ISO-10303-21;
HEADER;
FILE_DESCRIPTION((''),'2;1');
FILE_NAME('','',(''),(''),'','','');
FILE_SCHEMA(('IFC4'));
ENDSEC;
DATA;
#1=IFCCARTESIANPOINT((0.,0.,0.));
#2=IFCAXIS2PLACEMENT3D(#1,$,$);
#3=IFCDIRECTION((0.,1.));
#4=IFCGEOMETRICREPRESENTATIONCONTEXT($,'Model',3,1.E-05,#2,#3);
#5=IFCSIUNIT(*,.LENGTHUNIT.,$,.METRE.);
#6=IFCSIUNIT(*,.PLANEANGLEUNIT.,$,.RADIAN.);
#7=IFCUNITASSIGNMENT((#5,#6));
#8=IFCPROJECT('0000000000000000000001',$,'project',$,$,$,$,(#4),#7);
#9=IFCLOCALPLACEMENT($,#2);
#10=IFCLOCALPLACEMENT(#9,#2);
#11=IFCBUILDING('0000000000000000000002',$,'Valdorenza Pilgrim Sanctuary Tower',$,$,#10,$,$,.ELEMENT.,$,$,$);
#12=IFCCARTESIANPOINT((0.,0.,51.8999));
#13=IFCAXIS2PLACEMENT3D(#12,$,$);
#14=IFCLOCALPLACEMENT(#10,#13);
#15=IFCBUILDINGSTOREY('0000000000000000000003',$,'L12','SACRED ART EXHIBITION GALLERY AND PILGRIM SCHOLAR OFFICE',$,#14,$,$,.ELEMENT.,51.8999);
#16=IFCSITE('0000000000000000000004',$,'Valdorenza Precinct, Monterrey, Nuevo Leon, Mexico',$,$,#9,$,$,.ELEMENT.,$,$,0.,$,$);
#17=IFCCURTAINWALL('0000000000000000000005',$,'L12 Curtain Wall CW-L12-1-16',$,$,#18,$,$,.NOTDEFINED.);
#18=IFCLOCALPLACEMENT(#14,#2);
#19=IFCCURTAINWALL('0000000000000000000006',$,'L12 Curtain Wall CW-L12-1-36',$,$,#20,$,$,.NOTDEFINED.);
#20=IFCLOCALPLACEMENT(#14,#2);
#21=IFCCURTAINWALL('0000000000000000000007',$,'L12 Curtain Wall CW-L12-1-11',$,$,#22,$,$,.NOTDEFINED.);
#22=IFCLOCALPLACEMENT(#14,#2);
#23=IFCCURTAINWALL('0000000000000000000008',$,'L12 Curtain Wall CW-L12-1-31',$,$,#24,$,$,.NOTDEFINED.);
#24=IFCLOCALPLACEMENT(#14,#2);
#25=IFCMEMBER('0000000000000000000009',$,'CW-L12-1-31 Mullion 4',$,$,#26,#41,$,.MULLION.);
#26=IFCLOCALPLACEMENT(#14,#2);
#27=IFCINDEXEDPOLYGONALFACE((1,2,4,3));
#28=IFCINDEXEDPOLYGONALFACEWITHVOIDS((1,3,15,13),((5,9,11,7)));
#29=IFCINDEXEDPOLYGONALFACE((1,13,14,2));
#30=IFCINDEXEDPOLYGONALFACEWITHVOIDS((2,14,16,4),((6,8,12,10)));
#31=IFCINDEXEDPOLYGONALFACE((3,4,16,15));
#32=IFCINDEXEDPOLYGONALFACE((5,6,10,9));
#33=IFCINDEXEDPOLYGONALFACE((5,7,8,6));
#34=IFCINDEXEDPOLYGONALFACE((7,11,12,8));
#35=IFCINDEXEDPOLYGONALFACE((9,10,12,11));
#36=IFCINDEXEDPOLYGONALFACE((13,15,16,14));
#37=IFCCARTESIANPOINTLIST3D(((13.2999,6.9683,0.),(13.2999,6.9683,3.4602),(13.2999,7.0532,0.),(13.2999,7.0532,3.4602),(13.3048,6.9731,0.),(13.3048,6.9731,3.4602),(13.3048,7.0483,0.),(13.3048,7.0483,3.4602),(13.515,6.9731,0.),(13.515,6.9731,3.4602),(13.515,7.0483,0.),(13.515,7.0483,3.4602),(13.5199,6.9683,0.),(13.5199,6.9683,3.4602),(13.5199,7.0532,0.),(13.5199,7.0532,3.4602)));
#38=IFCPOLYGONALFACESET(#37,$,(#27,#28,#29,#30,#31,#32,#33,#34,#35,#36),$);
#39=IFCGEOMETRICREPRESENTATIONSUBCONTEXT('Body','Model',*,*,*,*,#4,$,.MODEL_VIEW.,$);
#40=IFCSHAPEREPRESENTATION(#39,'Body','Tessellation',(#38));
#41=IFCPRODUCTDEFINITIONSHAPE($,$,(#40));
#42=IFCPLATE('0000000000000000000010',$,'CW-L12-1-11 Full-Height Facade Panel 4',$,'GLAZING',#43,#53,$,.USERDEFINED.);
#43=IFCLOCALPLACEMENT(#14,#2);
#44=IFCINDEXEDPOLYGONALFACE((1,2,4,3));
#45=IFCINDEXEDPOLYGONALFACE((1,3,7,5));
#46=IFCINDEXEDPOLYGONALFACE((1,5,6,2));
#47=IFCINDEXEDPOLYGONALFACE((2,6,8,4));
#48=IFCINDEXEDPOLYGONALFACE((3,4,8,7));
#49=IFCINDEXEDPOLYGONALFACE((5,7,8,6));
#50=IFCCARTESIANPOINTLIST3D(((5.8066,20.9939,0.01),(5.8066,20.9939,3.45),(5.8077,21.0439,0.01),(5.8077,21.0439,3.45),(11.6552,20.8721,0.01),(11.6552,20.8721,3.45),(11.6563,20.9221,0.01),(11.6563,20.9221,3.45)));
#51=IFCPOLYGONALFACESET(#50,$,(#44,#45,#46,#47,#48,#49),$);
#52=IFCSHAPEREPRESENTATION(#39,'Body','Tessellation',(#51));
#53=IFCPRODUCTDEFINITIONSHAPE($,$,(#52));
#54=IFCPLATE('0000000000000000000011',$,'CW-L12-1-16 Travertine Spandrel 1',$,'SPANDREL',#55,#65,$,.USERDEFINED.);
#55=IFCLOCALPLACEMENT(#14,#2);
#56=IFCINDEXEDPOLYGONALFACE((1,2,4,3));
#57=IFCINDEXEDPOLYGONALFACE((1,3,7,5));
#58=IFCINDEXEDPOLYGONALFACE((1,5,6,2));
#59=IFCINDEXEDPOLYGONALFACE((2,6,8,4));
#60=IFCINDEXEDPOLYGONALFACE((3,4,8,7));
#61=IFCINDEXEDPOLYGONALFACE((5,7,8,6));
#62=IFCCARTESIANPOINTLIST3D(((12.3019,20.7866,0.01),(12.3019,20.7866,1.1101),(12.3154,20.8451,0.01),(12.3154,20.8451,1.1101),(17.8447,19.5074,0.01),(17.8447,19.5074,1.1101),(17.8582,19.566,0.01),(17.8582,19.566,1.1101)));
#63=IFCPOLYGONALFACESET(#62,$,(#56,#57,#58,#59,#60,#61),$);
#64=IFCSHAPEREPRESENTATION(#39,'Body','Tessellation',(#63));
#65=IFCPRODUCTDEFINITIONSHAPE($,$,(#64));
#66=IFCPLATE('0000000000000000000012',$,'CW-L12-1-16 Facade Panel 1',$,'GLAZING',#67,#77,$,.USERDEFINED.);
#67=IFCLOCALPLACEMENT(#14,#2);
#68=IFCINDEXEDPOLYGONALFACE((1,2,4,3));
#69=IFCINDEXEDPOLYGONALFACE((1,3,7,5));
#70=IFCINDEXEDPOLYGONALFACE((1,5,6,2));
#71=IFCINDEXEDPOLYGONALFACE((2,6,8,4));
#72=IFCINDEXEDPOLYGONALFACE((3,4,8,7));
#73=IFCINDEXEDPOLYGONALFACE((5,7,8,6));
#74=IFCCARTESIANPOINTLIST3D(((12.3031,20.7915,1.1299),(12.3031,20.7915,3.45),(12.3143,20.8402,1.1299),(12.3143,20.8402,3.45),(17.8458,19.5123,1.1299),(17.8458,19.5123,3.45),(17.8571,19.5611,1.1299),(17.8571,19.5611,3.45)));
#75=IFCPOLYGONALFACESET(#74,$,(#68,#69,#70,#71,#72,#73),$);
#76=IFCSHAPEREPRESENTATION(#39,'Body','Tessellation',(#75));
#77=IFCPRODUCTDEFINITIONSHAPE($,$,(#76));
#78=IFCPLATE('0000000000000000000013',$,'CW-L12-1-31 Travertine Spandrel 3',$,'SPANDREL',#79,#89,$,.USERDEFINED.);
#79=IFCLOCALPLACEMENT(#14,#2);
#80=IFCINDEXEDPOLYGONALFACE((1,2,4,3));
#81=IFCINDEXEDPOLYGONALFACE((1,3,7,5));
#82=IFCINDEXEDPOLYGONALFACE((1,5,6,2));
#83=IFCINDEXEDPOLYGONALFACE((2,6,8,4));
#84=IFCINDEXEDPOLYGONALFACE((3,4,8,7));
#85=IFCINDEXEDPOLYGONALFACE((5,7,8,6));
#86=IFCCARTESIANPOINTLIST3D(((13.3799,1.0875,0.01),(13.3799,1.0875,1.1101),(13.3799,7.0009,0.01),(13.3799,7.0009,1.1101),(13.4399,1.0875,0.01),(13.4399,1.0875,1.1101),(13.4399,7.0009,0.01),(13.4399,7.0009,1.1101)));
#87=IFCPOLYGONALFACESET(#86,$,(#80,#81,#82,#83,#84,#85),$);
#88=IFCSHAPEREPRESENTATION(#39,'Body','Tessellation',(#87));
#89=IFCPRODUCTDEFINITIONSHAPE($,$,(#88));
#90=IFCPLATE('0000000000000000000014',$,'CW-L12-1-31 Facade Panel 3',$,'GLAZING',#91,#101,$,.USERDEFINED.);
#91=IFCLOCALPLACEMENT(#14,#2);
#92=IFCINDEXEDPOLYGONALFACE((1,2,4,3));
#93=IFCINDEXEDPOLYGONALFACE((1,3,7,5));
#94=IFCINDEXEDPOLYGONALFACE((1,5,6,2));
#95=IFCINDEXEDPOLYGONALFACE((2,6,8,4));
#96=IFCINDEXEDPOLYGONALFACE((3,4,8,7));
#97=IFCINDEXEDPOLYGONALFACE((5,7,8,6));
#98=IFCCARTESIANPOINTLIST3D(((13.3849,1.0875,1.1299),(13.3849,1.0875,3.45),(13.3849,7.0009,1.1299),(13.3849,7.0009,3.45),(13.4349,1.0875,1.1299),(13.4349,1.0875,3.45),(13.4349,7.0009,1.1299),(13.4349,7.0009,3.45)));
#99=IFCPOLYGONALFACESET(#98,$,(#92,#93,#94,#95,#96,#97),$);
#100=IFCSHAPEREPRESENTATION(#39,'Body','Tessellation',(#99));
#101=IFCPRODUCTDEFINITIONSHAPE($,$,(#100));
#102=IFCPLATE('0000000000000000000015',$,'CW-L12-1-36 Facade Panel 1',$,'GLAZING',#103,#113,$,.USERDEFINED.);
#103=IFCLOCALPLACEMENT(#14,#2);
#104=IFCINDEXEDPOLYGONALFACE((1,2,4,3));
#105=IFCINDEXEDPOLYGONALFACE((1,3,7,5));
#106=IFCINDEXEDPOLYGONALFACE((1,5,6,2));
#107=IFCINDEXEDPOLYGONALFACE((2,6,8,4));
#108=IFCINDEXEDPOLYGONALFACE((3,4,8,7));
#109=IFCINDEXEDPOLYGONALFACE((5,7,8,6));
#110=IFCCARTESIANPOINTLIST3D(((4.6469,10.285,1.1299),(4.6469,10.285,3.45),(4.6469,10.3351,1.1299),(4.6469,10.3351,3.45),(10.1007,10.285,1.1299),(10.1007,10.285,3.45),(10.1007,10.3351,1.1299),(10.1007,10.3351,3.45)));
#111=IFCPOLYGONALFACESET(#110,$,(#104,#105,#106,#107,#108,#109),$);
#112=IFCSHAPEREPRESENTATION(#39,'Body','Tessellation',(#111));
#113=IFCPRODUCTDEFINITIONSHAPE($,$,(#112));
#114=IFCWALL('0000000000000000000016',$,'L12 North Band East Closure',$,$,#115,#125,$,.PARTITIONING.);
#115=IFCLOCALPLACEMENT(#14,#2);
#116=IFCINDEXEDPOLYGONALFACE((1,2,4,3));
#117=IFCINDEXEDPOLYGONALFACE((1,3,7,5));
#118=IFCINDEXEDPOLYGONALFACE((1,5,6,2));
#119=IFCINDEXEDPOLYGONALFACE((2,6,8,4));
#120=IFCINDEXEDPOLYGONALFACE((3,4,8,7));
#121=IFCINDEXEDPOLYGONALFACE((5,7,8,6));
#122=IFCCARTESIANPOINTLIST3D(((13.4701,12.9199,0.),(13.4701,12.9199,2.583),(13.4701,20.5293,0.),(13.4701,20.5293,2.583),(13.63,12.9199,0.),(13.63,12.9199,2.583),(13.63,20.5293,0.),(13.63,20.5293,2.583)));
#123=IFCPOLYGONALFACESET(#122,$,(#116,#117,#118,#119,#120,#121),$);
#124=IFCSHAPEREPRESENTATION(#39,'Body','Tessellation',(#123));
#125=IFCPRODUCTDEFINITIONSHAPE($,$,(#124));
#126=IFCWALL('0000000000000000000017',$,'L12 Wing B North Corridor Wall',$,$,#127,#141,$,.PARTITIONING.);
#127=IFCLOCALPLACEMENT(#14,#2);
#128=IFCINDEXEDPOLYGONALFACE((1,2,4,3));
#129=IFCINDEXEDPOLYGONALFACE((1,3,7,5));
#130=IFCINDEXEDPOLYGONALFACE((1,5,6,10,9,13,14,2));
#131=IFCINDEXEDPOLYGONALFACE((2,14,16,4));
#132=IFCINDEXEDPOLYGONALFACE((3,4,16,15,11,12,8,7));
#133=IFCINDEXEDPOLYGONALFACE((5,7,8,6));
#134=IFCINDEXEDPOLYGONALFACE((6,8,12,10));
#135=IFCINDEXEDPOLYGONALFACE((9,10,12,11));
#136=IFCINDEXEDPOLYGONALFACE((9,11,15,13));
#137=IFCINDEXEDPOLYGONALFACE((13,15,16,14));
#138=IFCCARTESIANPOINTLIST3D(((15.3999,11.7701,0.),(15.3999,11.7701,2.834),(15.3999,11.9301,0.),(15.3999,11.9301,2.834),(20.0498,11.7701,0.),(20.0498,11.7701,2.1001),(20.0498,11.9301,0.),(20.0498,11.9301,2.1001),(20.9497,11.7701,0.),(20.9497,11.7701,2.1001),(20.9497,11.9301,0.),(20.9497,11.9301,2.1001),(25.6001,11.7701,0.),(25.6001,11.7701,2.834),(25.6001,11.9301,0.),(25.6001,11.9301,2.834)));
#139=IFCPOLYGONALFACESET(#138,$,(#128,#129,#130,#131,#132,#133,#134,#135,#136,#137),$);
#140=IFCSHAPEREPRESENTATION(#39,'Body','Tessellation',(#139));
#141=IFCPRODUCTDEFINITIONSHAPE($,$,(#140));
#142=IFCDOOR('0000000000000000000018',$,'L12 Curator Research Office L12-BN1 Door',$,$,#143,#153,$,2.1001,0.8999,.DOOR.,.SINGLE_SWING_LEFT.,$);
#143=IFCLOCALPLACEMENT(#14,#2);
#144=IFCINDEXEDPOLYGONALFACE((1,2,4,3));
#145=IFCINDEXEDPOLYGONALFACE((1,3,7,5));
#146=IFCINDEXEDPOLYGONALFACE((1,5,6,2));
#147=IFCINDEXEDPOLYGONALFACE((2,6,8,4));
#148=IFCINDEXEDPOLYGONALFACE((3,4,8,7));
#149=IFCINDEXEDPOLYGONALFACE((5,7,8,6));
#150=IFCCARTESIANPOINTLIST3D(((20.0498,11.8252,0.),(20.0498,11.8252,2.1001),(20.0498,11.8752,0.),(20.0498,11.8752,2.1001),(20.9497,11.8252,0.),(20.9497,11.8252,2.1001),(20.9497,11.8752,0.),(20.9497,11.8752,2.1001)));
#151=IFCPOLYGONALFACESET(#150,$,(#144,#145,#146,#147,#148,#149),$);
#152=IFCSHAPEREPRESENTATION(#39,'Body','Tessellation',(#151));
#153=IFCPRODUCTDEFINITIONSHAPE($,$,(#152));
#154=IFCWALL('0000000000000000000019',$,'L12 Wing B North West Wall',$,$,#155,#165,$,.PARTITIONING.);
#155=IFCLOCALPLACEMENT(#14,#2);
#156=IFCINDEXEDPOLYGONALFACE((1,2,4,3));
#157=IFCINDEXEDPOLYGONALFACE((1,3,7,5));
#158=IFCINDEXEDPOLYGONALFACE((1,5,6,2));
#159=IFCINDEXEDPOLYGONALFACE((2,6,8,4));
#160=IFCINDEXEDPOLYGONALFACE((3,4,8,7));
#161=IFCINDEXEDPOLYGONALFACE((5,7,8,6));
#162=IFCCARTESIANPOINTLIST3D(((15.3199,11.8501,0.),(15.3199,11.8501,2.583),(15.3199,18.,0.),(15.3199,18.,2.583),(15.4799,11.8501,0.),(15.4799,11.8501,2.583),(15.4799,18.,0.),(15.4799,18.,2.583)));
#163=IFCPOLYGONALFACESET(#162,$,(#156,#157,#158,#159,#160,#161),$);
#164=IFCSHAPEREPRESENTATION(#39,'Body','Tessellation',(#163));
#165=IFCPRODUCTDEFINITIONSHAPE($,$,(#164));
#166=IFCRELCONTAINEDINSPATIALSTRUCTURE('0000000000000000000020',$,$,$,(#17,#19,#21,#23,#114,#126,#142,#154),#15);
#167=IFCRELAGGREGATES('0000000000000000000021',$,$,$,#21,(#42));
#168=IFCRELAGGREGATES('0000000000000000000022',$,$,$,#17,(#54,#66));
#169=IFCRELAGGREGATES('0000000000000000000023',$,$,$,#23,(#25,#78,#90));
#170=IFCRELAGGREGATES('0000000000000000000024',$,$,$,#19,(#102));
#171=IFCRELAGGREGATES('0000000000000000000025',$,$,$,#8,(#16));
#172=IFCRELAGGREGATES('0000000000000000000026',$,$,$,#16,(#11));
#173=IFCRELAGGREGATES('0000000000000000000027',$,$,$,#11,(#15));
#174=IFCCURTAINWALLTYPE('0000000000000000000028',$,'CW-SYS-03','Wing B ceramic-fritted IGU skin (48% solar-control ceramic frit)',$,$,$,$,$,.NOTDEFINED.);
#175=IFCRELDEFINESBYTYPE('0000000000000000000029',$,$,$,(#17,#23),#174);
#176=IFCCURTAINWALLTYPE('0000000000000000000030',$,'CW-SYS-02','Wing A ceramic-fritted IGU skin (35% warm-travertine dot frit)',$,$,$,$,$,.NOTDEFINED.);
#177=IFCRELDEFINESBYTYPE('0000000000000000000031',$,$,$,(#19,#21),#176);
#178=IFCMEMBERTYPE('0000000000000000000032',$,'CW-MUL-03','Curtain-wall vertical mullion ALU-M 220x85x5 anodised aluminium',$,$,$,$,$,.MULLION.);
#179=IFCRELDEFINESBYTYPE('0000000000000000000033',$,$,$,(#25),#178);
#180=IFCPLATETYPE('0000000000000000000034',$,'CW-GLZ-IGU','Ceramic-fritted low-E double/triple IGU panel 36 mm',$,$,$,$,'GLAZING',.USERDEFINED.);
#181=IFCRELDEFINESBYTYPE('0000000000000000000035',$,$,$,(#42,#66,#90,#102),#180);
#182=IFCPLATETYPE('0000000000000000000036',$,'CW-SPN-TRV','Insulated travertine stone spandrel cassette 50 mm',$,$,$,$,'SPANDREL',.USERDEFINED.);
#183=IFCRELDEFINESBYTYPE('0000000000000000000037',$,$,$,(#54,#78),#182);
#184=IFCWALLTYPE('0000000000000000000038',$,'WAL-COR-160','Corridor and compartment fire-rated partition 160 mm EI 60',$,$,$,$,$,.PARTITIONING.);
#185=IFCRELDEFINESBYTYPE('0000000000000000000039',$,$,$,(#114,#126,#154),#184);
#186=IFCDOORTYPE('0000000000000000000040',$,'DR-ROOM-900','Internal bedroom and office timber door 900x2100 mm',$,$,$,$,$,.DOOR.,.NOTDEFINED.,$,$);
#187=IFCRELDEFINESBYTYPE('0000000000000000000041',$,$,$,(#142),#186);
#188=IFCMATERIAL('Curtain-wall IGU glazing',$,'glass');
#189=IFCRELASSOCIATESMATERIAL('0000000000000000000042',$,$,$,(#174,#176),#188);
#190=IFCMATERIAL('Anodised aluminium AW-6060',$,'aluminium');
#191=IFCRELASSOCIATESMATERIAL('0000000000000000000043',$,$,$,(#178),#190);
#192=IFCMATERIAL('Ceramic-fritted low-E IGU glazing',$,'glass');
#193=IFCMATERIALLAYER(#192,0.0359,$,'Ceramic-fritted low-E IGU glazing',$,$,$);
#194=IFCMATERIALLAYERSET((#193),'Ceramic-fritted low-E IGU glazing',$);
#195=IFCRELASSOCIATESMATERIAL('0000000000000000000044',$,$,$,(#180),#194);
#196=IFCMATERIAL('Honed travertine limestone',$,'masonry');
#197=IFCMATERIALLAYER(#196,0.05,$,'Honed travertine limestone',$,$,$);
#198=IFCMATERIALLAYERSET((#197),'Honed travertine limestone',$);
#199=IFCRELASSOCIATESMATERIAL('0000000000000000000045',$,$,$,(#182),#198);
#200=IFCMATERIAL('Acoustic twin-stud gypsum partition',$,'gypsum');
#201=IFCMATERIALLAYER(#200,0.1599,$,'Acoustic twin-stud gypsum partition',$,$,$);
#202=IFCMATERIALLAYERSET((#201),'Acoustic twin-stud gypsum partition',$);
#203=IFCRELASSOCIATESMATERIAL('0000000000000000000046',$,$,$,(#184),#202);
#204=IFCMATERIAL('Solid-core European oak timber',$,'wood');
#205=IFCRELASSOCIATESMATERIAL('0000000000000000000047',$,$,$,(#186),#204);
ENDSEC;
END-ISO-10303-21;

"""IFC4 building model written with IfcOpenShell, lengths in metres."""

from ifc_helpers import new_model, si_unit, direction, frame, frame_2d, origin, origin_2d, place, context, subcontext, project, spatial, rectangle, hollow_rectangle, extrude, source, transform, mapped, material, layer, layer_set, material_profile, profile_set, type_object, element, fill, aggregate, save


model = new_model("IFC4")

# Units and contexts
model_context = context("Model", 3, precision=1e-05, world=origin(), true_north=direction((0.0, 1.0)))
body_context = subcontext(model_context, "Body", "Model", "MODEL_VIEW")
ifc_project = project(units=[si_unit("LENGTHUNIT", "METRE"), si_unit("PLANEANGLEUNIT", "RADIAN")], contexts=[model_context])

# Site, building, storey
site_placement = place(None, origin())
site = spatial("IfcSite", under=ifc_project, at=site_placement, Name="Valdorenza Precinct, Monterrey, Nuevo Leon, Mexico", CompositionType="ELEMENT", RefElevation=0.0)
building_placement = place(site_placement, origin())
building = spatial("IfcBuilding", under=site, at=building_placement, Name="Valdorenza Pilgrim Sanctuary Tower", CompositionType="ELEMENT")
storey_placement = place(building_placement, frame((0.0, 0.0, 51.8999)))
storey = spatial("IfcBuildingStorey", under=building, at=storey_placement, Name="L12", Description="SACRED ART EXHIBITION GALLERY AND PILGRIM SCHOLAR OFFICE", CompositionType="ELEMENT", Elevation=51.8999)

# Curtain walls
ifc_material_1 = material(Name="Curtain-wall IGU glazing", Category="glass")
curtain_wall_type_1 = type_object("IfcCurtainWallType", Name="CW-SYS-03", Description="Wing B ceramic-fritted IGU skin (48% solar-control ceramic frit)", PredefinedType="NOTDEFINED", material=ifc_material_1)
curtain_wall_1_placement = place(storey_placement, origin())
curtain_wall_1 = element("IfcCurtainWall", 1, at=curtain_wall_1_placement, inside=storey, type_object=curtain_wall_type_1, Name="L12 Curtain Wall CW-L12-1-16", PredefinedType="NOTDEFINED")
ifc_material_2 = material(Name="Anodised aluminium AW-6060", Category="aluminium")
curtain_wall_type_2 = type_object("IfcCurtainWallType", Name="CW-SYS-02", Description="Wing A ceramic-fritted IGU skin (35% warm-travertine dot frit)", PredefinedType="NOTDEFINED", material=ifc_material_1)
curtain_wall_2_placement = place(storey_placement, origin())
curtain_wall_2 = element("IfcCurtainWall", 2, at=curtain_wall_2_placement, inside=storey, type_object=curtain_wall_type_2, Name="L12 Curtain Wall CW-L12-1-36", PredefinedType="NOTDEFINED")
curtain_wall_3_placement = place(storey_placement, origin())
curtain_wall_3 = element("IfcCurtainWall", 3, at=curtain_wall_3_placement, inside=storey, type_object=curtain_wall_type_2, Name="L12 Curtain Wall CW-L12-1-11", PredefinedType="NOTDEFINED")

# Shared definitions
ifc_material_profile_1 = material_profile(ifc_material_2, hollow_rectangle(XDim=0.085, YDim=0.22, WallThickness=0.0049, at=origin_2d()), Name="ALU-M 220x85x5")
ifc_profile_set_1 = profile_set([ifc_material_profile_1], Name="Anodised aluminium AW-6060")
member_type_1 = type_object("IfcMemberType", Name="CW-MUL-03", Description="Curtain-wall vertical mullion ALU-M 220x85x5 anodised aluminium", PredefinedType="MULLION", material=ifc_profile_set_1)
shared_shape_1 = source(origin(), body_context, "Body", "SweptSolid", [
    extrude(hollow_rectangle(XDim=0.085, YDim=0.22, WallThickness=0.0049, at=origin_2d()), origin(), (0.0, 0.0, 1.0), 3.4602),
])

# Curtain wall, member
curtain_wall_4_placement = place(storey_placement, origin())
curtain_wall_4 = element("IfcCurtainWall", 4, at=curtain_wall_4_placement, inside=storey, type_object=curtain_wall_type_1, Name="L12 Curtain Wall CW-L12-1-31", PredefinedType="NOTDEFINED")
member_1_placement = place(storey_placement, frame((13.4099, 7.0107, 0.0), z_axis=(0.0, 0.0, 1.0), x_axis=(0.0, 1.0, 0.0)))
member_1 = element("IfcMember", 5, at=member_1_placement, type_object=member_type_1, Name="CW-L12-1-31 Mullion 4", PredefinedType="MULLION", context=body_context, shape_type="MappedRepresentation", body=[
    mapped(shared_shape_1, transform((0.0, 0.0, 0.0), x_axis=(1.0, 0.0, 0.0), y_axis=(0.0, 1.0, 0.0), z_axis=(0.0, 0.0, 1.0), scale=1.0)),
])

# Plates
ifc_material_3 = material(Name="Ceramic-fritted low-E IGU glazing", Category="glass")
ifc_layer_1 = layer(ifc_material_3, 0.0359, Name="Ceramic-fritted low-E IGU glazing")
ifc_layer_set_1 = layer_set([ifc_layer_1], Name="Ceramic-fritted low-E IGU glazing")
plate_type_1 = type_object("IfcPlateType", Name="CW-GLZ-IGU", Description="Ceramic-fritted low-E double/triple IGU panel 36 mm", ElementType="GLAZING", PredefinedType="USERDEFINED", material=ifc_layer_set_1)
shared_shape_2 = source(origin(), body_context, "Body", "SweptSolid", [
    extrude(rectangle(XDim=5.8499, YDim=0.05, at=origin_2d()), origin(), (0.0, 0.0, 1.0), 3.4399),
])
plate_1_placement = place(storey_placement, frame((8.7314, 20.958, 0.01), z_axis=(0.0, 0.0, 1.0), x_axis=(0.999783, -0.02082, 0.0)))
plate_1 = element("IfcPlate", 6, at=plate_1_placement, type_object=plate_type_1, Name="CW-L12-1-11 Full-Height Facade Panel 4", ObjectType="GLAZING", PredefinedType="USERDEFINED", context=body_context, shape_type="MappedRepresentation", body=[
    mapped(shared_shape_2, transform((0.0, 0.0, 0.0), x_axis=(1.0, 0.0, 0.0), y_axis=(0.0, 1.0, 0.0), z_axis=(0.0, 0.0, 1.0), scale=1.0)),
])
aggregate(curtain_wall_3, [plate_1])
ifc_material_4 = material(Name="Honed travertine limestone", Category="masonry")
ifc_layer_2 = layer(ifc_material_4, 0.05, Name="Honed travertine limestone")
ifc_layer_set_2 = layer_set([ifc_layer_2], Name="Honed travertine limestone")
plate_type_2 = type_object("IfcPlateType", Name="CW-SPN-TRV", Description="Insulated travertine stone spandrel cassette 50 mm", ElementType="SPANDREL", PredefinedType="USERDEFINED", material=ifc_layer_set_2)
shared_shape_3 = source(origin(), body_context, "Body", "SweptSolid", [
    extrude(rectangle(XDim=5.6885, YDim=0.0601, at=origin_2d()), origin(), (0.0, 0.0, 1.0), 1.1001),
])
plate_2_placement = place(storey_placement, frame((15.0801, 20.1763, 0.01), z_axis=(0.0, 0.0, 1.0), x_axis=(0.97439, -0.224866, 0.0)))
plate_2 = element("IfcPlate", 7, at=plate_2_placement, type_object=plate_type_2, Name="CW-L12-1-16 Travertine Spandrel 1", ObjectType="SPANDREL", PredefinedType="USERDEFINED", context=body_context, shape_type="MappedRepresentation", body=[
    mapped(shared_shape_3, transform((0.0, 0.0, 0.0), x_axis=(1.0, 0.0, 0.0), y_axis=(0.0, 1.0, 0.0), z_axis=(0.0, 0.0, 1.0), scale=1.0)),
])
shared_shape_4 = source(origin(), body_context, "Body", "SweptSolid", [
    extrude(rectangle(XDim=5.6885, YDim=0.05, at=origin_2d()), origin(), (0.0, 0.0, 1.0), 2.3201),
])
plate_3_placement = place(storey_placement, frame((15.0801, 20.1763, 1.1299), z_axis=(0.0, 0.0, 1.0), x_axis=(0.97439, -0.224866, 0.0)))
plate_3 = element("IfcPlate", 8, at=plate_3_placement, type_object=plate_type_1, Name="CW-L12-1-16 Facade Panel 1", ObjectType="GLAZING", PredefinedType="USERDEFINED", context=body_context, shape_type="MappedRepresentation", body=[
    mapped(shared_shape_4, transform((0.0, 0.0, 0.0), x_axis=(1.0, 0.0, 0.0), y_axis=(0.0, 1.0, 0.0), z_axis=(0.0, 0.0, 1.0), scale=1.0)),
])
aggregate(curtain_wall_1, [plate_2, plate_3])
shared_shape_5 = source(origin(), body_context, "Body", "SweptSolid", [
    extrude(rectangle(XDim=5.9133, YDim=0.0601, at=origin_2d()), origin(), (0.0, 0.0, 1.0), 1.1001),
])
plate_4_placement = place(storey_placement, frame((13.4099, 4.0442, 0.01), z_axis=(0.0, 0.0, 1.0), x_axis=(0.0, 1.0, 0.0)))
plate_4 = element("IfcPlate", 9, at=plate_4_placement, type_object=plate_type_2, Name="CW-L12-1-31 Travertine Spandrel 3", ObjectType="SPANDREL", PredefinedType="USERDEFINED", context=body_context, shape_type="MappedRepresentation", body=[
    mapped(shared_shape_5, transform((0.0, 0.0, 0.0), x_axis=(1.0, 0.0, 0.0), y_axis=(0.0, 1.0, 0.0), z_axis=(0.0, 0.0, 1.0), scale=1.0)),
])
shared_shape_6 = source(origin(), body_context, "Body", "SweptSolid", [
    extrude(rectangle(XDim=5.9133, YDim=0.05, at=origin_2d()), origin(), (0.0, 0.0, 1.0), 2.3201),
])
plate_5_placement = place(storey_placement, frame((13.4099, 4.0442, 1.1299), z_axis=(0.0, 0.0, 1.0), x_axis=(0.0, 1.0, 0.0)))
plate_5 = element("IfcPlate", 10, at=plate_5_placement, type_object=plate_type_1, Name="CW-L12-1-31 Facade Panel 3", ObjectType="GLAZING", PredefinedType="USERDEFINED", context=body_context, shape_type="MappedRepresentation", body=[
    mapped(shared_shape_6, transform((0.0, 0.0, 0.0), x_axis=(1.0, 0.0, 0.0), y_axis=(0.0, 1.0, 0.0), z_axis=(0.0, 0.0, 1.0), scale=1.0)),
])
aggregate(curtain_wall_4, [member_1, plate_4, plate_5])
shared_shape_7 = source(origin(), body_context, "Body", "SweptSolid", [
    extrude(rectangle(XDim=5.4539, YDim=0.05, at=origin_2d()), origin(), (0.0, 0.0, 1.0), 2.3201),
])
plate_6_placement = place(storey_placement, frame((7.3738, 10.3101, 1.1299), z_axis=(0.0, 0.0, 1.0), x_axis=(-1.0, 0.0, 0.0)))
plate_6 = element("IfcPlate", 11, at=plate_6_placement, type_object=plate_type_1, Name="CW-L12-1-36 Facade Panel 1", ObjectType="GLAZING", PredefinedType="USERDEFINED", context=body_context, shape_type="MappedRepresentation", body=[
    mapped(shared_shape_7, transform((0.0, 0.0, 0.0), x_axis=(1.0, 0.0, 0.0), y_axis=(0.0, 1.0, 0.0), z_axis=(0.0, 0.0, 1.0), scale=1.0)),
])
aggregate(curtain_wall_2, [plate_6])

# Wall
ifc_material_5 = material(Name="Acoustic twin-stud gypsum partition", Category="gypsum")
ifc_layer_3 = layer(ifc_material_5, 0.1599, Name="Acoustic twin-stud gypsum partition")
ifc_layer_set_3 = layer_set([ifc_layer_3], Name="Acoustic twin-stud gypsum partition")
wall_type_1 = type_object("IfcWallType", Name="WAL-COR-160", Description="Corridor and compartment fire-rated partition 160 mm EI 60", PredefinedType="PARTITIONING", material=ifc_layer_set_3)
wall_1_placement = place(storey_placement, frame((13.55, 12.9199, 0.0), z_axis=(0.0, 0.0, 1.0), x_axis=(0.0, 1.0, 0.0)))
element("IfcWall", 12, at=wall_1_placement, inside=storey, type_object=wall_type_1, Name="L12 North Band East Closure", PredefinedType="PARTITIONING", context=body_context, shape_type="SweptSolid", body=[
    extrude(rectangle(XDim=7.6094, YDim=0.1599, at=frame_2d((3.8047, 0.0))), origin(), (0.0, 0.0, 1.0), 2.583),
])

# Wall, opening, door
wall_2_placement = place(storey_placement, frame((15.3999, 11.8501, 0.0), z_axis=(0.0, 0.0, 1.0), x_axis=(1.0, 0.0, 0.0)))
wall_2 = element("IfcWall", 13, at=wall_2_placement, inside=storey, type_object=wall_type_1, Name="L12 Wing B North Corridor Wall", PredefinedType="PARTITIONING", context=body_context, shape_type="SweptSolid", body=[
    extrude(rectangle(XDim=10.2002, YDim=0.1599, at=frame_2d((5.1001, 0.0))), origin(), (0.0, 0.0, 1.0), 2.834),
])
opening_1_placement = place(wall_2_placement, frame((4.6499, 0.0, 0.0)))
opening_1 = element("IfcOpeningElement", 14, at=opening_1_placement, cuts=wall_2, PredefinedType="OPENING", context=body_context, shape_type="SweptSolid", body=[
    extrude(rectangle(XDim=0.8999, YDim=2.1001, at=frame_2d((0.45, 1.05))), frame((0.0, 0.0947, 0.0), z_axis=(0.0, -1.0, 0.0), x_axis=(1.0, 0.0, 0.0)), (0.0, 0.0, 1.0), 0.1897),
])
ifc_material_6 = material(Name="Solid-core European oak timber", Category="wood")
door_type = type_object("IfcDoorType", Name="DR-ROOM-900", Description="Internal bedroom and office timber door 900x2100 mm", OperationType="NOTDEFINED", PredefinedType="DOOR", material=ifc_material_6)
door_1_placement = place(opening_1_placement, frame((0.8999, 0.0, 0.0), z_axis=(0.0, 0.0, 1.0), x_axis=(-1.0, 0.0, 0.0)))
door_1 = element("IfcDoor", 15, at=door_1_placement, inside=storey, type_object=door_type, Name="L12 Curator Research Office L12-BN1 Door", OperationType="SINGLE_SWING_LEFT", OverallHeight=2.1001, OverallWidth=0.8999, PredefinedType="DOOR", context=body_context, shape_type="SweptSolid", body=[
    extrude(rectangle(XDim=0.8999, YDim=2.1001, at=frame_2d((0.45, 1.05))), frame((0.0, 0.0249, 0.0), z_axis=(0.0, -1.0, 0.0), x_axis=(1.0, 0.0, 0.0)), (0.0, 0.0, 1.0), 0.05),
])
fill(opening_1, door_1)

# Wall
wall_3_placement = place(storey_placement, frame((15.3999, 11.8501, 0.0), z_axis=(0.0, 0.0, 1.0), x_axis=(0.0, 1.0, 0.0)))
element("IfcWall", 16, at=wall_3_placement, inside=storey, type_object=wall_type_1, Name="L12 Wing B North West Wall", PredefinedType="PARTITIONING", context=body_context, shape_type="SweptSolid", body=[
    extrude(rectangle(XDim=6.1499, YDim=0.1599, at=frame_2d((3.075, 0.0))), origin(), (0.0, 0.0, 1.0), 2.583),
])

save(model, "model.ifc")
